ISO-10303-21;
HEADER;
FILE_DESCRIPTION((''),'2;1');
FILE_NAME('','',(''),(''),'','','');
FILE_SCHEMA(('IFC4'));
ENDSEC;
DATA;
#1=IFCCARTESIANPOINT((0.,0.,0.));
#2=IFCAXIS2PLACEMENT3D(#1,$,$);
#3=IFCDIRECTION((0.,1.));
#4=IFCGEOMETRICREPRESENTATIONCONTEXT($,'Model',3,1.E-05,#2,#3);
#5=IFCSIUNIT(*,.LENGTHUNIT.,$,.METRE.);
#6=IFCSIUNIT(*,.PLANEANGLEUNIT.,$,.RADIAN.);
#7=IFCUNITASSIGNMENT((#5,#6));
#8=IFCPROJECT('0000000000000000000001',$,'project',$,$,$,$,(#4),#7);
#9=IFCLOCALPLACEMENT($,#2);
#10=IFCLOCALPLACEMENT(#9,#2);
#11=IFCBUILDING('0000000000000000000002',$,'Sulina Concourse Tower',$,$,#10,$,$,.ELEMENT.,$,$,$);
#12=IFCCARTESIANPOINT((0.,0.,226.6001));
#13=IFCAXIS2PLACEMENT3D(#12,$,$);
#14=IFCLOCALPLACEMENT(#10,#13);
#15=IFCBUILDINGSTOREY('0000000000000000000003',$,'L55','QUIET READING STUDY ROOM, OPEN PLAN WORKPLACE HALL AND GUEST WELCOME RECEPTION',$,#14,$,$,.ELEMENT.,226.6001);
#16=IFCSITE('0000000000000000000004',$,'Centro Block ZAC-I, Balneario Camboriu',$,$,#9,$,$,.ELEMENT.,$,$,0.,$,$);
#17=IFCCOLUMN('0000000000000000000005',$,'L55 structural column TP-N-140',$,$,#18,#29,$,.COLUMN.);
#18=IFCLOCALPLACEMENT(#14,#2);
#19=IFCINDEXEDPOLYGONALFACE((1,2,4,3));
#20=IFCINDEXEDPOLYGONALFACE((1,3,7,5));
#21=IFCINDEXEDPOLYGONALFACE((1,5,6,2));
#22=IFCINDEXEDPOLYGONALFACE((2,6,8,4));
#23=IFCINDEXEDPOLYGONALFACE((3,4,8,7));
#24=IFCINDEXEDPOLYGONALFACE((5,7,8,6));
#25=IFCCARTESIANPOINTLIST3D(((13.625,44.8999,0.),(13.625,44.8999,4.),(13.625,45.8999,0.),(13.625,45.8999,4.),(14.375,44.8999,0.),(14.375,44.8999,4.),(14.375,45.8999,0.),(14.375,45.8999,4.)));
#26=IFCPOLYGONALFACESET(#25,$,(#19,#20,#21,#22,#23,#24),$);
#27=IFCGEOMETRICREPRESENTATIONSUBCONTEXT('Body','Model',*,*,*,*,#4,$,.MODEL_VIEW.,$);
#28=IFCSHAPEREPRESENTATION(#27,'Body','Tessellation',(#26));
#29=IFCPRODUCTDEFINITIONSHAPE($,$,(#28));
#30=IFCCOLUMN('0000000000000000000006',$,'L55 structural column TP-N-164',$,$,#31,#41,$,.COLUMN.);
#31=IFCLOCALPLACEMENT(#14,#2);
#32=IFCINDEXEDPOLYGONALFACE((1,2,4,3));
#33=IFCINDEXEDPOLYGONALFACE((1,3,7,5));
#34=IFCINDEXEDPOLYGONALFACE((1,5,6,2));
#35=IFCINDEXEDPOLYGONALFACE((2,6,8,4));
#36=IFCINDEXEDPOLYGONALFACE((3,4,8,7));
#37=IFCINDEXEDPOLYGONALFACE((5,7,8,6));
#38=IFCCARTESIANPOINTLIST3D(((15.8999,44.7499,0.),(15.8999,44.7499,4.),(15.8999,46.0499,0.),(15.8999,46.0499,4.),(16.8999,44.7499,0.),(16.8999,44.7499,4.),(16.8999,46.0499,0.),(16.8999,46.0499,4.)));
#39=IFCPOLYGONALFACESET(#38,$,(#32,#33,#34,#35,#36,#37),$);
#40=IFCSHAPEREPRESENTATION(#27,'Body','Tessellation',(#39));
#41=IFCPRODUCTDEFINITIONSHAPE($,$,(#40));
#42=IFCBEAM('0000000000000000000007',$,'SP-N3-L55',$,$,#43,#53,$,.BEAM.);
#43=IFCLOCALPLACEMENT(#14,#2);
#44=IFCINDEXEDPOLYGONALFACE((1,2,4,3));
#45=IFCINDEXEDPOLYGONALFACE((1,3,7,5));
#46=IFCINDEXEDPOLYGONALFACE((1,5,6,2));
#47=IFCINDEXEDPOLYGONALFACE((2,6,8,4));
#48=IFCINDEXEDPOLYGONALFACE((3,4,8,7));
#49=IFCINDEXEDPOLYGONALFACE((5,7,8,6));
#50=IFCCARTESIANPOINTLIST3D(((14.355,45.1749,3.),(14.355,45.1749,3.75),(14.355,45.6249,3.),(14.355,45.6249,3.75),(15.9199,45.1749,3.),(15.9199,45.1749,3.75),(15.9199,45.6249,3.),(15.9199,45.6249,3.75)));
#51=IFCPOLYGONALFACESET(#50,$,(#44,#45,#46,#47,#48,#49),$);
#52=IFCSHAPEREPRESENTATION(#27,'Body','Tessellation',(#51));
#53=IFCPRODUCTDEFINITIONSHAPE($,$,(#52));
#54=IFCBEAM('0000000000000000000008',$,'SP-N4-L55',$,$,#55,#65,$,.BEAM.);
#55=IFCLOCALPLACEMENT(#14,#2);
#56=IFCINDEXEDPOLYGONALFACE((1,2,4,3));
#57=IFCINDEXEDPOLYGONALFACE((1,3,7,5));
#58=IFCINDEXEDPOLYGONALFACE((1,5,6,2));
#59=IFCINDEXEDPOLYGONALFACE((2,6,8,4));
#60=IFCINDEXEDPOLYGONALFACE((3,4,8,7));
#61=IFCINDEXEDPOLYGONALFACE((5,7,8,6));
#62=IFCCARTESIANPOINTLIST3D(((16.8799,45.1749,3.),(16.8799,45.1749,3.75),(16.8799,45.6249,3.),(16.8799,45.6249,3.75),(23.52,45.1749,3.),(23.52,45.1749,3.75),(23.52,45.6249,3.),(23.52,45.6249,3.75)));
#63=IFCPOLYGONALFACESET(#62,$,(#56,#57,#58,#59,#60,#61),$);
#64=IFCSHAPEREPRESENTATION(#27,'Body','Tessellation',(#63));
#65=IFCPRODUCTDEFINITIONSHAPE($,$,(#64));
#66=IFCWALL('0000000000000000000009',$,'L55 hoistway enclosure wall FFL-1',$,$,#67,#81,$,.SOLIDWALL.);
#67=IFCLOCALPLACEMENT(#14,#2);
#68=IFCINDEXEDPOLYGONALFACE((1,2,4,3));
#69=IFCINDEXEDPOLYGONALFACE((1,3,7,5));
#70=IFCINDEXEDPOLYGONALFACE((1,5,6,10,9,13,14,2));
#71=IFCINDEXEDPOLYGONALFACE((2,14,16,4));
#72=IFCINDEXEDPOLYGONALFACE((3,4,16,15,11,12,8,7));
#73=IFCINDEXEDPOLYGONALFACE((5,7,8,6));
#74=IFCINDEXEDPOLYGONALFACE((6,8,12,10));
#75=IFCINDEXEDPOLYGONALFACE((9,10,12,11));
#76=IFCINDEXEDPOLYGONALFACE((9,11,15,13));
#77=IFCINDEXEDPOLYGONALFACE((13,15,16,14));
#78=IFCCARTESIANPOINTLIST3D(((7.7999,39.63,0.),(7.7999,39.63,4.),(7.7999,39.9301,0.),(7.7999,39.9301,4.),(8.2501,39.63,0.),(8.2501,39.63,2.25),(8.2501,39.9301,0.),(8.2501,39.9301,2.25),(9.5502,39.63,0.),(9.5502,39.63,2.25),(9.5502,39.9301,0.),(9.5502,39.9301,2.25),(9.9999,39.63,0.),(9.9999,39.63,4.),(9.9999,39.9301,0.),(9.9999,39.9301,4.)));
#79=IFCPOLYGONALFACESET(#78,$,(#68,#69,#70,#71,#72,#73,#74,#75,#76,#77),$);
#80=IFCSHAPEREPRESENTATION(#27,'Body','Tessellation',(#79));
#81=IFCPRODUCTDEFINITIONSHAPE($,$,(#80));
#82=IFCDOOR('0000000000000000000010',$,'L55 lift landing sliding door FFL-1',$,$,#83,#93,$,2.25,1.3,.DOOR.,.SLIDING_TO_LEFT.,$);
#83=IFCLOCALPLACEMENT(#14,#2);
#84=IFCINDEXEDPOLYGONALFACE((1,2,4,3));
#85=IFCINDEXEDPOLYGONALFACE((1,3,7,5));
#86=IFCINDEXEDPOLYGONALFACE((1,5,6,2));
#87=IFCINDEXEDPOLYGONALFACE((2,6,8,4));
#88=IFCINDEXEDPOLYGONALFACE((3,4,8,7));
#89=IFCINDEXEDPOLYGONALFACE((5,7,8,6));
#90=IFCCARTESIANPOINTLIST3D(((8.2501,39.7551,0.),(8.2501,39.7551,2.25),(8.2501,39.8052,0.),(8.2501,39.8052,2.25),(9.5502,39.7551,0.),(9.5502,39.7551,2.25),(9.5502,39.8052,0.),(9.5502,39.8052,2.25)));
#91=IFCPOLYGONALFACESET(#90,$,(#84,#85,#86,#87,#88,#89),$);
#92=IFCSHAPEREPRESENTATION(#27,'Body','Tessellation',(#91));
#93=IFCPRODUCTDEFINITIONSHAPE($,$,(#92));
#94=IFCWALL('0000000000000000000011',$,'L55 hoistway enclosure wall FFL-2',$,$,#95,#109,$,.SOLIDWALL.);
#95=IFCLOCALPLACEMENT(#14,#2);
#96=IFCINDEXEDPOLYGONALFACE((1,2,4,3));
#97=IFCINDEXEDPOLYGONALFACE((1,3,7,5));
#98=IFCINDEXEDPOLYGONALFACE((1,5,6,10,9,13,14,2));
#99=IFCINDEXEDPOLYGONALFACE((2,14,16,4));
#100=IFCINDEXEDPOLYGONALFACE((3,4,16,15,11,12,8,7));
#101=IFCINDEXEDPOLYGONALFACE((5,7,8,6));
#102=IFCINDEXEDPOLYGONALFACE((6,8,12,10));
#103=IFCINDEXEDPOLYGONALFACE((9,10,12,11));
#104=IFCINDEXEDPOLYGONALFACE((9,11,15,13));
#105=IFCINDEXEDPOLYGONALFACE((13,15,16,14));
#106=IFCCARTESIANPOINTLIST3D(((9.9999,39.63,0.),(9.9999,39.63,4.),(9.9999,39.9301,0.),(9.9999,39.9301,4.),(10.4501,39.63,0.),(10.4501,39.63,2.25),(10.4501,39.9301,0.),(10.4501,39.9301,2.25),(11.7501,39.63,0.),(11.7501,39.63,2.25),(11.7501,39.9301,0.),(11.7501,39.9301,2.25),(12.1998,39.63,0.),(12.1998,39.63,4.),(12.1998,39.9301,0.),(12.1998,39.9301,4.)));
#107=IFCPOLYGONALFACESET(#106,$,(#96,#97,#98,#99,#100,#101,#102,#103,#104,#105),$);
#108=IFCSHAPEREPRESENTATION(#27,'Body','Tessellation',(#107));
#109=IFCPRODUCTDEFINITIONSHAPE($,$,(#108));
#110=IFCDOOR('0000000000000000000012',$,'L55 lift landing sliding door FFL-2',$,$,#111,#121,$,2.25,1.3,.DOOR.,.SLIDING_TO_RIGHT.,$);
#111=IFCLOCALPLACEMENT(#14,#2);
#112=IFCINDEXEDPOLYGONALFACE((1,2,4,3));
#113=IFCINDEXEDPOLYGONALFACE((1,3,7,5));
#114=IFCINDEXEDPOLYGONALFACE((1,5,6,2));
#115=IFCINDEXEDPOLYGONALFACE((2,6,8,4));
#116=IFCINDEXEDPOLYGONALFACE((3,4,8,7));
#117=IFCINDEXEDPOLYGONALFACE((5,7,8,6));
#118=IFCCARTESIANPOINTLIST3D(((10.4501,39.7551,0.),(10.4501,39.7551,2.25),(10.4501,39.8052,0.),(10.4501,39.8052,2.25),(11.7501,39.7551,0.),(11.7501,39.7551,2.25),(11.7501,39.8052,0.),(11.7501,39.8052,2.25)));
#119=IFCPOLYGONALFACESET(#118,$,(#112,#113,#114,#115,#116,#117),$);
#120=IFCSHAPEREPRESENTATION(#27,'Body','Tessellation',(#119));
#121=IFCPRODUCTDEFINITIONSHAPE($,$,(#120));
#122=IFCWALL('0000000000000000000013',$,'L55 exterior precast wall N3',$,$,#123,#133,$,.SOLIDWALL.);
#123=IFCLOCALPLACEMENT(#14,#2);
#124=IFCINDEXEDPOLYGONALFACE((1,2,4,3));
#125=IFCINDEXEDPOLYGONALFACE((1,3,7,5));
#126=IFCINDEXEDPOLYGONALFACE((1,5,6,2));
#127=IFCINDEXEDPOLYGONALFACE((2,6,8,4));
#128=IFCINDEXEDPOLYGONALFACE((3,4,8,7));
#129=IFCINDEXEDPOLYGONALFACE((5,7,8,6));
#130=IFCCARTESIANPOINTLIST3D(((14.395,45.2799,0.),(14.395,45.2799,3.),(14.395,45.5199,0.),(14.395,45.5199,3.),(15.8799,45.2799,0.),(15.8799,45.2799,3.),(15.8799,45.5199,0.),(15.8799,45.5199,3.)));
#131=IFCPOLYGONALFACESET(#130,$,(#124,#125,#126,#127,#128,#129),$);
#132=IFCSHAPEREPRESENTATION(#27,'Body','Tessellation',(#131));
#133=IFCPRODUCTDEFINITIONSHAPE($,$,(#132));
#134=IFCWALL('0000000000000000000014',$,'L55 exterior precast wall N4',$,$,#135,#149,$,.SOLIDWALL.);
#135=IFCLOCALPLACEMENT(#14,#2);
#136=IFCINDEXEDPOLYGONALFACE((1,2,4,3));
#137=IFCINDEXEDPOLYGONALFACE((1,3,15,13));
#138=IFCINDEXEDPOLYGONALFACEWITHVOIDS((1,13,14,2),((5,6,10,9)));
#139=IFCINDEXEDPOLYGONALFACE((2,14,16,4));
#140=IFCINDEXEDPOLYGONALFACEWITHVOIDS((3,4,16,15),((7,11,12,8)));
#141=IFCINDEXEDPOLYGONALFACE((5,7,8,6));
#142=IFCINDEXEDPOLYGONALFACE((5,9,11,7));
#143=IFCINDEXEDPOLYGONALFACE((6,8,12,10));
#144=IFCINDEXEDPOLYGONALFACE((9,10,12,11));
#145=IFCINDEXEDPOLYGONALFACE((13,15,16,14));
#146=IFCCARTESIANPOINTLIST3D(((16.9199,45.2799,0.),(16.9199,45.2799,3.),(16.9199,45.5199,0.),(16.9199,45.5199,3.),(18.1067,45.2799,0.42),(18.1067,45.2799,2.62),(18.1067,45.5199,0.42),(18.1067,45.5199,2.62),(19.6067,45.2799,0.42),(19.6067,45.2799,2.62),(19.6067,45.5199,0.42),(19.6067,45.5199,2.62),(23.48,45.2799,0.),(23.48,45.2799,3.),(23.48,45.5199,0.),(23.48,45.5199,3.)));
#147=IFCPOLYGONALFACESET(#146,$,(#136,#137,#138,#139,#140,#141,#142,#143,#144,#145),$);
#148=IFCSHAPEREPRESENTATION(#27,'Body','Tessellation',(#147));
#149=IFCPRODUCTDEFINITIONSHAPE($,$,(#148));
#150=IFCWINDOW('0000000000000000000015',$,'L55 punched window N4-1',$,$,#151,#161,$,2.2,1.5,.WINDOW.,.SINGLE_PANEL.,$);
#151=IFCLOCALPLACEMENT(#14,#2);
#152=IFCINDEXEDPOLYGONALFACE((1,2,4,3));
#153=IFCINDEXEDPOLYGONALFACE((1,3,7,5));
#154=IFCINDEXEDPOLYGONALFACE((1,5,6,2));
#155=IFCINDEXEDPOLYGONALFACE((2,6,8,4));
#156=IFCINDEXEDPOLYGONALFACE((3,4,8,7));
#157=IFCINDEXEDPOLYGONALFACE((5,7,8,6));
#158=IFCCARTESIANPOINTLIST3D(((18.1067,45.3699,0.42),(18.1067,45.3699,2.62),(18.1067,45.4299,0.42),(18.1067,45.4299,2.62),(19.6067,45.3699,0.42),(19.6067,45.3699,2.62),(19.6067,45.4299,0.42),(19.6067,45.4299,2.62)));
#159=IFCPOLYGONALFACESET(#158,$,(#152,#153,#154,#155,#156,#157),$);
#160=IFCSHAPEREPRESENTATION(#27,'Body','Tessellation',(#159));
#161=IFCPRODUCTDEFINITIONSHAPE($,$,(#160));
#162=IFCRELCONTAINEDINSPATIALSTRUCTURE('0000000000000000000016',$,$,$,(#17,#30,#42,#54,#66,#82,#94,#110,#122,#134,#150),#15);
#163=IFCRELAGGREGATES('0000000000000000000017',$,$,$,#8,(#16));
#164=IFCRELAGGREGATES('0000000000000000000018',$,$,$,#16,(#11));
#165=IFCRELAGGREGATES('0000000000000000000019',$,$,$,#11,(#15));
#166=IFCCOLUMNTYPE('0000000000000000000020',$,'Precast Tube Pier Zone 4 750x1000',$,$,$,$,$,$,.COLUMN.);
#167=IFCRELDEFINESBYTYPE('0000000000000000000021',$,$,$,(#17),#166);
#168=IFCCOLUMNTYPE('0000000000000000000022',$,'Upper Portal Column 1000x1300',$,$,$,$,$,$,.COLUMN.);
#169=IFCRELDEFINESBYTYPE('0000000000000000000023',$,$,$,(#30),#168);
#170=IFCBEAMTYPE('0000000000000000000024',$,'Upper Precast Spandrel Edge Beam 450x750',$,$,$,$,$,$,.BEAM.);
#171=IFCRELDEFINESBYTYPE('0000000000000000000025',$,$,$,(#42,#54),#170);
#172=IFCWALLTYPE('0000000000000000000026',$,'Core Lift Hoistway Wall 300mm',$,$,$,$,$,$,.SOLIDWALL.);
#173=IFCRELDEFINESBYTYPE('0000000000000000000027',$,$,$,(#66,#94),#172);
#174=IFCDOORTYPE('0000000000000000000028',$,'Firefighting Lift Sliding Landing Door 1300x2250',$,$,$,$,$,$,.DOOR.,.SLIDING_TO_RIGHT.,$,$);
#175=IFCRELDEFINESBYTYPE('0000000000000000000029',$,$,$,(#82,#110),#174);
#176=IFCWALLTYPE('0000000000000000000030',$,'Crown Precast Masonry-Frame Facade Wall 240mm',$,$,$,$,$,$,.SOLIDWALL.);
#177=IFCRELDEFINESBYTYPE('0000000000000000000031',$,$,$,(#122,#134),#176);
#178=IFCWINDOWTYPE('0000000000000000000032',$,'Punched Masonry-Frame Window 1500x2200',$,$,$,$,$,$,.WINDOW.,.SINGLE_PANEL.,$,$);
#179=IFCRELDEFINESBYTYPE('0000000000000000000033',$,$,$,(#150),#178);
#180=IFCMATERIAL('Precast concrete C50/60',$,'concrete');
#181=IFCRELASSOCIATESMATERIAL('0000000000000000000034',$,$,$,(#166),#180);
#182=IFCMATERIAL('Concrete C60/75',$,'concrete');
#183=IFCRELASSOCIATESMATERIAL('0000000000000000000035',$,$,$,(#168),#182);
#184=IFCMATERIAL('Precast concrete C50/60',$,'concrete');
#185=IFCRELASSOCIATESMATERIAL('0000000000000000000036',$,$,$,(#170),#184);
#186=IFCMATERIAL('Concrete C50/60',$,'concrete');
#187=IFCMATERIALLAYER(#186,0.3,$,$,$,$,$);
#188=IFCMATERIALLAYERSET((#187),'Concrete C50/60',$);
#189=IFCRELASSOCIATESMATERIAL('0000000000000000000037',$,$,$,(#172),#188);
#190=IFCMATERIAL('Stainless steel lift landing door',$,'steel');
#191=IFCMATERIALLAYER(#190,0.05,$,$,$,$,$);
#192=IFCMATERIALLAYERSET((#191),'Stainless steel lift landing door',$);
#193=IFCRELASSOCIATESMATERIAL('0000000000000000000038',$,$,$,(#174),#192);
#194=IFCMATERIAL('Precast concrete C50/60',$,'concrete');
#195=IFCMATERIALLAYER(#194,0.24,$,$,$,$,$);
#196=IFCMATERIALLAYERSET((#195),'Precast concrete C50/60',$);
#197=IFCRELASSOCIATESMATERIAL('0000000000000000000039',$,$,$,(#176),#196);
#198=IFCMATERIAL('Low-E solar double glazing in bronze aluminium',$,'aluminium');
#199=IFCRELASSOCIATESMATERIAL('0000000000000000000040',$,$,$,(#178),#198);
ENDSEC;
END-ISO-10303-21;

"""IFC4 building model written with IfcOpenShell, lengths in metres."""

from ifc_helpers import new_model, si_unit, direction, frame, frame_2d, origin, origin_2d, place, context, subcontext, project, spatial, rectangle, extrude, material, layer, layer_set, material_profile, profile_set, type_object, element, fill, save


model = new_model("IFC4")

# Units and contexts
model_context = context("Model", 3, precision=1e-05, world=origin(), true_north=direction((0.0, 1.0)))
body_context = subcontext(model_context, "Body", "Model", "MODEL_VIEW")
ifc_project = project(units=[si_unit("LENGTHUNIT", "METRE"), si_unit("PLANEANGLEUNIT", "RADIAN")], contexts=[model_context])

# Site, building, storey
site_placement = place(None, origin())
site = spatial("IfcSite", under=ifc_project, at=site_placement, Name="Centro Block ZAC-I, Balneario Camboriu", CompositionType="ELEMENT", RefElevation=0.0)
building_placement = place(site_placement, origin())
building = spatial("IfcBuilding", under=site, at=building_placement, Name="Sulina Concourse Tower", CompositionType="ELEMENT")
storey_placement = place(building_placement, frame((0.0, 0.0, 226.6001)))
storey = spatial("IfcBuildingStorey", under=building, at=storey_placement, Name="L55", Description="QUIET READING STUDY ROOM, OPEN PLAN WORKPLACE HALL AND GUEST WELCOME RECEPTION", CompositionType="ELEMENT", Elevation=226.6001)

# Columns
ifc_material_1 = material(Name="Precast concrete C50/60", Category="concrete")
ifc_material_profile_1 = material_profile(ifc_material_1, rectangle(XDim=0.75, YDim=1.0, at=origin_2d()), Name="PC 750x1000")
ifc_profile_set_1 = profile_set([ifc_material_profile_1], Name="Precast concrete C50/60")
column_type_1 = type_object("IfcColumnType", Name="Precast Tube Pier Zone 4 750x1000", PredefinedType="COLUMN", material=ifc_profile_set_1)
column_1_placement = place(storey_placement, frame((14.0, 45.3999, 0.0), z_axis=(0.0, 0.0, 1.0), x_axis=(1.0, 0.0, 0.0)))
element("IfcColumn", 1, at=column_1_placement, inside=storey, type_object=column_type_1, Name="L55 structural column TP-N-140", PredefinedType="COLUMN", context=body_context, shape_type="SweptSolid", body=[
    extrude(rectangle(XDim=0.75, YDim=1.0, at=origin_2d()), origin(), (0.0, 0.0, 1.0), 4.0),
])
ifc_material_2 = material(Name="Concrete C60/75", Category="concrete")
ifc_material_profile_2 = material_profile(ifc_material_2, rectangle(XDim=1.0, YDim=1.3, at=origin_2d()), Name="RC 1000x1300")
ifc_profile_set_2 = profile_set([ifc_material_profile_2], Name="Concrete C60/75")
column_type_2 = type_object("IfcColumnType", Name="Upper Portal Column 1000x1300", PredefinedType="COLUMN", material=ifc_profile_set_2)
column_2_placement = place(storey_placement, frame((16.3999, 45.3999, 0.0), z_axis=(0.0, 0.0, 1.0), x_axis=(1.0, 0.0, 0.0)))
element("IfcColumn", 2, at=column_2_placement, inside=storey, type_object=column_type_2, Name="L55 structural column TP-N-164", PredefinedType="COLUMN", context=body_context, shape_type="SweptSolid", body=[
    extrude(rectangle(XDim=1.0, YDim=1.3, at=origin_2d()), origin(), (0.0, 0.0, 1.0), 4.0),
])

# Beams
ifc_material_3 = material(Name="Precast concrete C50/60", Category="concrete")
ifc_material_profile_3 = material_profile(ifc_material_3, rectangle(XDim=0.45, YDim=0.75, at=origin_2d()), Name="RC 450x750")
ifc_profile_set_3 = profile_set([ifc_material_profile_3], Name="Precast concrete C50/60")
beam_type = type_object("IfcBeamType", Name="Upper Precast Spandrel Edge Beam 450x750", PredefinedType="BEAM", material=ifc_profile_set_3)
beam_1_placement = place(storey_placement, frame((14.355, 45.3999, 3.375), z_axis=(1.0, 0.0, 0.0), x_axis=(0.0, 1.0, 0.0)))
element("IfcBeam", 3, at=beam_1_placement, inside=storey, type_object=beam_type, Name="SP-N3-L55", PredefinedType="BEAM", context=body_context, shape_type="SweptSolid", body=[
    extrude(rectangle(XDim=0.45, YDim=0.75, at=origin_2d()), origin(), (0.0, 0.0, 1.0), 1.5649),
])
beam_2_placement = place(storey_placement, frame((16.8799, 45.3999, 3.375), z_axis=(1.0, 0.0, 0.0), x_axis=(0.0, 1.0, 0.0)))
element("IfcBeam", 4, at=beam_2_placement, inside=storey, type_object=beam_type, Name="SP-N4-L55", PredefinedType="BEAM", context=body_context, shape_type="SweptSolid", body=[
    extrude(rectangle(XDim=0.45, YDim=0.75, at=origin_2d()), origin(), (0.0, 0.0, 1.0), 6.6401),
])

# Walls, openings, doors
ifc_material_4 = material(Name="Concrete C50/60", Category="concrete")
ifc_layer_1 = layer(ifc_material_4, 0.3)
ifc_layer_set_1 = layer_set([ifc_layer_1], Name="Concrete C50/60")
wall_type_1 = type_object("IfcWallType", Name="Core Lift Hoistway Wall 300mm", PredefinedType="SOLIDWALL", material=ifc_layer_set_1)
wall_1_placement = place(storey_placement, frame((10.0, 39.78, 0.0), z_axis=(0.0, 0.0, 1.0), x_axis=(-1.0, 0.0, 0.0)))
wall_1 = element("IfcWall", 5, at=wall_1_placement, inside=storey, type_object=wall_type_1, Name="L55 hoistway enclosure wall FFL-1", PredefinedType="SOLIDWALL", context=body_context, shape_type="SweptSolid", body=[
    extrude(rectangle(XDim=2.2, YDim=0.3, at=frame_2d((1.1001, 0.0))), origin(), (0.0, 0.0, 1.0), 4.0),
])
opening_1_placement = place(wall_1_placement, frame((0.45, 0.0, 0.0)))
opening_1 = element("IfcOpeningElement", 6, at=opening_1_placement, cuts=wall_1, PredefinedType="OPENING", context=body_context, shape_type="SweptSolid", body=[
    extrude(rectangle(XDim=1.3, YDim=2.25, at=frame_2d((0.6499, 1.125))), frame((0.0, 0.1599, 0.0), z_axis=(0.0, -1.0, 0.0), x_axis=(1.0, 0.0, 0.0)), (0.0, 0.0, 1.0), 0.3201),
])
ifc_material_5 = material(Name="Stainless steel lift landing door", Category="steel")
ifc_layer_2 = layer(ifc_material_5, 0.05)
ifc_layer_set_2 = layer_set([ifc_layer_2], Name="Stainless steel lift landing door")
door_type_1 = type_object("IfcDoorType", Name="Firefighting Lift Sliding Landing Door 1300x2250", OperationType="SLIDING_TO_RIGHT", PredefinedType="DOOR", material=ifc_layer_set_2)
door_1_placement = place(opening_1_placement, origin())
door_1 = element("IfcDoor", 7, at=door_1_placement, inside=storey, type_object=door_type_1, Name="L55 lift landing sliding door FFL-1", OperationType="SLIDING_TO_LEFT", OverallHeight=2.25, OverallWidth=1.3, PredefinedType="DOOR", context=body_context, shape_type="SweptSolid", body=[
    extrude(rectangle(XDim=1.3, YDim=2.25, at=frame_2d((0.6499, 1.125))), frame((0.0, 0.0249, 0.0), z_axis=(0.0, -1.0, 0.0), x_axis=(1.0, 0.0, 0.0)), (0.0, 0.0, 1.0), 0.05),
])
fill(opening_1, door_1)
wall_2_placement = place(storey_placement, frame((12.2, 39.78, 0.0), z_axis=(0.0, 0.0, 1.0), x_axis=(-1.0, 0.0, 0.0)))
wall_2 = element("IfcWall", 8, at=wall_2_placement, inside=storey, type_object=wall_type_1, Name="L55 hoistway enclosure wall FFL-2", PredefinedType="SOLIDWALL", context=body_context, shape_type="SweptSolid", body=[
    extrude(rectangle(XDim=2.2, YDim=0.3, at=frame_2d((1.1001, 0.0))), origin(), (0.0, 0.0, 1.0), 4.0),
])
opening_2_placement = place(wall_2_placement, frame((0.45, 0.0, 0.0)))
opening_2 = element("IfcOpeningElement", 9, at=opening_2_placement, cuts=wall_2, PredefinedType="OPENING", context=body_context, shape_type="SweptSolid", body=[
    extrude(rectangle(XDim=1.3, YDim=2.25, at=frame_2d((0.6499, 1.125))), frame((0.0, 0.1599, 0.0), z_axis=(0.0, -1.0, 0.0), x_axis=(1.0, 0.0, 0.0)), (0.0, 0.0, 1.0), 0.3201),
])
door_2_placement = place(opening_2_placement, origin())
door_2 = element("IfcDoor", 10, at=door_2_placement, inside=storey, type_object=door_type_1, Name="L55 lift landing sliding door FFL-2", OperationType="SLIDING_TO_RIGHT", OverallHeight=2.25, OverallWidth=1.3, PredefinedType="DOOR", context=body_context, shape_type="SweptSolid", body=[
    extrude(rectangle(XDim=1.3, YDim=2.25, at=frame_2d((0.6499, 1.125))), frame((0.0, 0.0249, 0.0), z_axis=(0.0, -1.0, 0.0), x_axis=(1.0, 0.0, 0.0)), (0.0, 0.0, 1.0), 0.05),
])
fill(opening_2, door_2)

# Wall
ifc_material_6 = material(Name="Precast concrete C50/60", Category="concrete")
ifc_layer_3 = layer(ifc_material_6, 0.24)
ifc_layer_set_3 = layer_set([ifc_layer_3], Name="Precast concrete C50/60")
wall_type_2 = type_object("IfcWallType", Name="Crown Precast Masonry-Frame Facade Wall 240mm", PredefinedType="SOLIDWALL", material=ifc_layer_set_3)
wall_3_placement = place(storey_placement, frame((14.395, 45.3999, 0.0), z_axis=(0.0, 0.0, 1.0), x_axis=(1.0, 0.0, 0.0)))
element("IfcWall", 11, at=wall_3_placement, inside=storey, type_object=wall_type_2, Name="L55 exterior precast wall N3", PredefinedType="SOLIDWALL", context=body_context, shape_type="SweptSolid", body=[
    extrude(rectangle(XDim=1.4849, YDim=0.24, at=frame_2d((0.7424, 0.0))), origin(), (0.0, 0.0, 1.0), 3.0),
])

# Wall, opening, window
wall_4_placement = place(storey_placement, frame((16.9199, 45.3999, 0.0), z_axis=(0.0, 0.0, 1.0), x_axis=(1.0, 0.0, 0.0)))
wall_4 = element("IfcWall", 12, at=wall_4_placement, inside=storey, type_object=wall_type_2, Name="L55 exterior precast wall N4", PredefinedType="SOLIDWALL", context=body_context, shape_type="SweptSolid", body=[
    extrude(rectangle(XDim=6.5601, YDim=0.24, at=frame_2d((3.28, 0.0))), origin(), (0.0, 0.0, 1.0), 3.0),
])
opening_3_placement = place(wall_4_placement, frame((1.1868, 0.0, 0.4199)))
opening_3 = element("IfcOpeningElement", 13, at=opening_3_placement, cuts=wall_4, PredefinedType="OPENING", context=body_context, shape_type="SweptSolid", body=[
    extrude(rectangle(XDim=1.5, YDim=2.2, at=frame_2d((0.75, 1.1001))), frame((0.0, 0.1299, 0.0), z_axis=(0.0, -1.0, 0.0), x_axis=(1.0, 0.0, 0.0)), (0.0, 0.0, 1.0), 0.26),
])
ifc_material_7 = material(Name="Low-E solar double glazing in bronze aluminium", Category="aluminium")
window_type = type_object("IfcWindowType", Name="Punched Masonry-Frame Window 1500x2200", PartitioningType="SINGLE_PANEL", PredefinedType="WINDOW", material=ifc_material_7)
window_placement = place(opening_3_placement, origin())
window = element("IfcWindow", 14, at=window_placement, inside=storey, type_object=window_type, Name="L55 punched window N4-1", OverallHeight=2.2, OverallWidth=1.5, PartitioningType="SINGLE_PANEL", PredefinedType="WINDOW", context=body_context, shape_type="SweptSolid", body=[
    extrude(rectangle(XDim=1.5, YDim=2.2, at=frame_2d((0.75, 1.1001))), frame((0.0, 0.03, 0.0), z_axis=(0.0, -1.0, 0.0), x_axis=(1.0, 0.0, 0.0)), (0.0, 0.0, 1.0), 0.0601),
])
fill(opening_3, window)

save(model, "model.ifc")
